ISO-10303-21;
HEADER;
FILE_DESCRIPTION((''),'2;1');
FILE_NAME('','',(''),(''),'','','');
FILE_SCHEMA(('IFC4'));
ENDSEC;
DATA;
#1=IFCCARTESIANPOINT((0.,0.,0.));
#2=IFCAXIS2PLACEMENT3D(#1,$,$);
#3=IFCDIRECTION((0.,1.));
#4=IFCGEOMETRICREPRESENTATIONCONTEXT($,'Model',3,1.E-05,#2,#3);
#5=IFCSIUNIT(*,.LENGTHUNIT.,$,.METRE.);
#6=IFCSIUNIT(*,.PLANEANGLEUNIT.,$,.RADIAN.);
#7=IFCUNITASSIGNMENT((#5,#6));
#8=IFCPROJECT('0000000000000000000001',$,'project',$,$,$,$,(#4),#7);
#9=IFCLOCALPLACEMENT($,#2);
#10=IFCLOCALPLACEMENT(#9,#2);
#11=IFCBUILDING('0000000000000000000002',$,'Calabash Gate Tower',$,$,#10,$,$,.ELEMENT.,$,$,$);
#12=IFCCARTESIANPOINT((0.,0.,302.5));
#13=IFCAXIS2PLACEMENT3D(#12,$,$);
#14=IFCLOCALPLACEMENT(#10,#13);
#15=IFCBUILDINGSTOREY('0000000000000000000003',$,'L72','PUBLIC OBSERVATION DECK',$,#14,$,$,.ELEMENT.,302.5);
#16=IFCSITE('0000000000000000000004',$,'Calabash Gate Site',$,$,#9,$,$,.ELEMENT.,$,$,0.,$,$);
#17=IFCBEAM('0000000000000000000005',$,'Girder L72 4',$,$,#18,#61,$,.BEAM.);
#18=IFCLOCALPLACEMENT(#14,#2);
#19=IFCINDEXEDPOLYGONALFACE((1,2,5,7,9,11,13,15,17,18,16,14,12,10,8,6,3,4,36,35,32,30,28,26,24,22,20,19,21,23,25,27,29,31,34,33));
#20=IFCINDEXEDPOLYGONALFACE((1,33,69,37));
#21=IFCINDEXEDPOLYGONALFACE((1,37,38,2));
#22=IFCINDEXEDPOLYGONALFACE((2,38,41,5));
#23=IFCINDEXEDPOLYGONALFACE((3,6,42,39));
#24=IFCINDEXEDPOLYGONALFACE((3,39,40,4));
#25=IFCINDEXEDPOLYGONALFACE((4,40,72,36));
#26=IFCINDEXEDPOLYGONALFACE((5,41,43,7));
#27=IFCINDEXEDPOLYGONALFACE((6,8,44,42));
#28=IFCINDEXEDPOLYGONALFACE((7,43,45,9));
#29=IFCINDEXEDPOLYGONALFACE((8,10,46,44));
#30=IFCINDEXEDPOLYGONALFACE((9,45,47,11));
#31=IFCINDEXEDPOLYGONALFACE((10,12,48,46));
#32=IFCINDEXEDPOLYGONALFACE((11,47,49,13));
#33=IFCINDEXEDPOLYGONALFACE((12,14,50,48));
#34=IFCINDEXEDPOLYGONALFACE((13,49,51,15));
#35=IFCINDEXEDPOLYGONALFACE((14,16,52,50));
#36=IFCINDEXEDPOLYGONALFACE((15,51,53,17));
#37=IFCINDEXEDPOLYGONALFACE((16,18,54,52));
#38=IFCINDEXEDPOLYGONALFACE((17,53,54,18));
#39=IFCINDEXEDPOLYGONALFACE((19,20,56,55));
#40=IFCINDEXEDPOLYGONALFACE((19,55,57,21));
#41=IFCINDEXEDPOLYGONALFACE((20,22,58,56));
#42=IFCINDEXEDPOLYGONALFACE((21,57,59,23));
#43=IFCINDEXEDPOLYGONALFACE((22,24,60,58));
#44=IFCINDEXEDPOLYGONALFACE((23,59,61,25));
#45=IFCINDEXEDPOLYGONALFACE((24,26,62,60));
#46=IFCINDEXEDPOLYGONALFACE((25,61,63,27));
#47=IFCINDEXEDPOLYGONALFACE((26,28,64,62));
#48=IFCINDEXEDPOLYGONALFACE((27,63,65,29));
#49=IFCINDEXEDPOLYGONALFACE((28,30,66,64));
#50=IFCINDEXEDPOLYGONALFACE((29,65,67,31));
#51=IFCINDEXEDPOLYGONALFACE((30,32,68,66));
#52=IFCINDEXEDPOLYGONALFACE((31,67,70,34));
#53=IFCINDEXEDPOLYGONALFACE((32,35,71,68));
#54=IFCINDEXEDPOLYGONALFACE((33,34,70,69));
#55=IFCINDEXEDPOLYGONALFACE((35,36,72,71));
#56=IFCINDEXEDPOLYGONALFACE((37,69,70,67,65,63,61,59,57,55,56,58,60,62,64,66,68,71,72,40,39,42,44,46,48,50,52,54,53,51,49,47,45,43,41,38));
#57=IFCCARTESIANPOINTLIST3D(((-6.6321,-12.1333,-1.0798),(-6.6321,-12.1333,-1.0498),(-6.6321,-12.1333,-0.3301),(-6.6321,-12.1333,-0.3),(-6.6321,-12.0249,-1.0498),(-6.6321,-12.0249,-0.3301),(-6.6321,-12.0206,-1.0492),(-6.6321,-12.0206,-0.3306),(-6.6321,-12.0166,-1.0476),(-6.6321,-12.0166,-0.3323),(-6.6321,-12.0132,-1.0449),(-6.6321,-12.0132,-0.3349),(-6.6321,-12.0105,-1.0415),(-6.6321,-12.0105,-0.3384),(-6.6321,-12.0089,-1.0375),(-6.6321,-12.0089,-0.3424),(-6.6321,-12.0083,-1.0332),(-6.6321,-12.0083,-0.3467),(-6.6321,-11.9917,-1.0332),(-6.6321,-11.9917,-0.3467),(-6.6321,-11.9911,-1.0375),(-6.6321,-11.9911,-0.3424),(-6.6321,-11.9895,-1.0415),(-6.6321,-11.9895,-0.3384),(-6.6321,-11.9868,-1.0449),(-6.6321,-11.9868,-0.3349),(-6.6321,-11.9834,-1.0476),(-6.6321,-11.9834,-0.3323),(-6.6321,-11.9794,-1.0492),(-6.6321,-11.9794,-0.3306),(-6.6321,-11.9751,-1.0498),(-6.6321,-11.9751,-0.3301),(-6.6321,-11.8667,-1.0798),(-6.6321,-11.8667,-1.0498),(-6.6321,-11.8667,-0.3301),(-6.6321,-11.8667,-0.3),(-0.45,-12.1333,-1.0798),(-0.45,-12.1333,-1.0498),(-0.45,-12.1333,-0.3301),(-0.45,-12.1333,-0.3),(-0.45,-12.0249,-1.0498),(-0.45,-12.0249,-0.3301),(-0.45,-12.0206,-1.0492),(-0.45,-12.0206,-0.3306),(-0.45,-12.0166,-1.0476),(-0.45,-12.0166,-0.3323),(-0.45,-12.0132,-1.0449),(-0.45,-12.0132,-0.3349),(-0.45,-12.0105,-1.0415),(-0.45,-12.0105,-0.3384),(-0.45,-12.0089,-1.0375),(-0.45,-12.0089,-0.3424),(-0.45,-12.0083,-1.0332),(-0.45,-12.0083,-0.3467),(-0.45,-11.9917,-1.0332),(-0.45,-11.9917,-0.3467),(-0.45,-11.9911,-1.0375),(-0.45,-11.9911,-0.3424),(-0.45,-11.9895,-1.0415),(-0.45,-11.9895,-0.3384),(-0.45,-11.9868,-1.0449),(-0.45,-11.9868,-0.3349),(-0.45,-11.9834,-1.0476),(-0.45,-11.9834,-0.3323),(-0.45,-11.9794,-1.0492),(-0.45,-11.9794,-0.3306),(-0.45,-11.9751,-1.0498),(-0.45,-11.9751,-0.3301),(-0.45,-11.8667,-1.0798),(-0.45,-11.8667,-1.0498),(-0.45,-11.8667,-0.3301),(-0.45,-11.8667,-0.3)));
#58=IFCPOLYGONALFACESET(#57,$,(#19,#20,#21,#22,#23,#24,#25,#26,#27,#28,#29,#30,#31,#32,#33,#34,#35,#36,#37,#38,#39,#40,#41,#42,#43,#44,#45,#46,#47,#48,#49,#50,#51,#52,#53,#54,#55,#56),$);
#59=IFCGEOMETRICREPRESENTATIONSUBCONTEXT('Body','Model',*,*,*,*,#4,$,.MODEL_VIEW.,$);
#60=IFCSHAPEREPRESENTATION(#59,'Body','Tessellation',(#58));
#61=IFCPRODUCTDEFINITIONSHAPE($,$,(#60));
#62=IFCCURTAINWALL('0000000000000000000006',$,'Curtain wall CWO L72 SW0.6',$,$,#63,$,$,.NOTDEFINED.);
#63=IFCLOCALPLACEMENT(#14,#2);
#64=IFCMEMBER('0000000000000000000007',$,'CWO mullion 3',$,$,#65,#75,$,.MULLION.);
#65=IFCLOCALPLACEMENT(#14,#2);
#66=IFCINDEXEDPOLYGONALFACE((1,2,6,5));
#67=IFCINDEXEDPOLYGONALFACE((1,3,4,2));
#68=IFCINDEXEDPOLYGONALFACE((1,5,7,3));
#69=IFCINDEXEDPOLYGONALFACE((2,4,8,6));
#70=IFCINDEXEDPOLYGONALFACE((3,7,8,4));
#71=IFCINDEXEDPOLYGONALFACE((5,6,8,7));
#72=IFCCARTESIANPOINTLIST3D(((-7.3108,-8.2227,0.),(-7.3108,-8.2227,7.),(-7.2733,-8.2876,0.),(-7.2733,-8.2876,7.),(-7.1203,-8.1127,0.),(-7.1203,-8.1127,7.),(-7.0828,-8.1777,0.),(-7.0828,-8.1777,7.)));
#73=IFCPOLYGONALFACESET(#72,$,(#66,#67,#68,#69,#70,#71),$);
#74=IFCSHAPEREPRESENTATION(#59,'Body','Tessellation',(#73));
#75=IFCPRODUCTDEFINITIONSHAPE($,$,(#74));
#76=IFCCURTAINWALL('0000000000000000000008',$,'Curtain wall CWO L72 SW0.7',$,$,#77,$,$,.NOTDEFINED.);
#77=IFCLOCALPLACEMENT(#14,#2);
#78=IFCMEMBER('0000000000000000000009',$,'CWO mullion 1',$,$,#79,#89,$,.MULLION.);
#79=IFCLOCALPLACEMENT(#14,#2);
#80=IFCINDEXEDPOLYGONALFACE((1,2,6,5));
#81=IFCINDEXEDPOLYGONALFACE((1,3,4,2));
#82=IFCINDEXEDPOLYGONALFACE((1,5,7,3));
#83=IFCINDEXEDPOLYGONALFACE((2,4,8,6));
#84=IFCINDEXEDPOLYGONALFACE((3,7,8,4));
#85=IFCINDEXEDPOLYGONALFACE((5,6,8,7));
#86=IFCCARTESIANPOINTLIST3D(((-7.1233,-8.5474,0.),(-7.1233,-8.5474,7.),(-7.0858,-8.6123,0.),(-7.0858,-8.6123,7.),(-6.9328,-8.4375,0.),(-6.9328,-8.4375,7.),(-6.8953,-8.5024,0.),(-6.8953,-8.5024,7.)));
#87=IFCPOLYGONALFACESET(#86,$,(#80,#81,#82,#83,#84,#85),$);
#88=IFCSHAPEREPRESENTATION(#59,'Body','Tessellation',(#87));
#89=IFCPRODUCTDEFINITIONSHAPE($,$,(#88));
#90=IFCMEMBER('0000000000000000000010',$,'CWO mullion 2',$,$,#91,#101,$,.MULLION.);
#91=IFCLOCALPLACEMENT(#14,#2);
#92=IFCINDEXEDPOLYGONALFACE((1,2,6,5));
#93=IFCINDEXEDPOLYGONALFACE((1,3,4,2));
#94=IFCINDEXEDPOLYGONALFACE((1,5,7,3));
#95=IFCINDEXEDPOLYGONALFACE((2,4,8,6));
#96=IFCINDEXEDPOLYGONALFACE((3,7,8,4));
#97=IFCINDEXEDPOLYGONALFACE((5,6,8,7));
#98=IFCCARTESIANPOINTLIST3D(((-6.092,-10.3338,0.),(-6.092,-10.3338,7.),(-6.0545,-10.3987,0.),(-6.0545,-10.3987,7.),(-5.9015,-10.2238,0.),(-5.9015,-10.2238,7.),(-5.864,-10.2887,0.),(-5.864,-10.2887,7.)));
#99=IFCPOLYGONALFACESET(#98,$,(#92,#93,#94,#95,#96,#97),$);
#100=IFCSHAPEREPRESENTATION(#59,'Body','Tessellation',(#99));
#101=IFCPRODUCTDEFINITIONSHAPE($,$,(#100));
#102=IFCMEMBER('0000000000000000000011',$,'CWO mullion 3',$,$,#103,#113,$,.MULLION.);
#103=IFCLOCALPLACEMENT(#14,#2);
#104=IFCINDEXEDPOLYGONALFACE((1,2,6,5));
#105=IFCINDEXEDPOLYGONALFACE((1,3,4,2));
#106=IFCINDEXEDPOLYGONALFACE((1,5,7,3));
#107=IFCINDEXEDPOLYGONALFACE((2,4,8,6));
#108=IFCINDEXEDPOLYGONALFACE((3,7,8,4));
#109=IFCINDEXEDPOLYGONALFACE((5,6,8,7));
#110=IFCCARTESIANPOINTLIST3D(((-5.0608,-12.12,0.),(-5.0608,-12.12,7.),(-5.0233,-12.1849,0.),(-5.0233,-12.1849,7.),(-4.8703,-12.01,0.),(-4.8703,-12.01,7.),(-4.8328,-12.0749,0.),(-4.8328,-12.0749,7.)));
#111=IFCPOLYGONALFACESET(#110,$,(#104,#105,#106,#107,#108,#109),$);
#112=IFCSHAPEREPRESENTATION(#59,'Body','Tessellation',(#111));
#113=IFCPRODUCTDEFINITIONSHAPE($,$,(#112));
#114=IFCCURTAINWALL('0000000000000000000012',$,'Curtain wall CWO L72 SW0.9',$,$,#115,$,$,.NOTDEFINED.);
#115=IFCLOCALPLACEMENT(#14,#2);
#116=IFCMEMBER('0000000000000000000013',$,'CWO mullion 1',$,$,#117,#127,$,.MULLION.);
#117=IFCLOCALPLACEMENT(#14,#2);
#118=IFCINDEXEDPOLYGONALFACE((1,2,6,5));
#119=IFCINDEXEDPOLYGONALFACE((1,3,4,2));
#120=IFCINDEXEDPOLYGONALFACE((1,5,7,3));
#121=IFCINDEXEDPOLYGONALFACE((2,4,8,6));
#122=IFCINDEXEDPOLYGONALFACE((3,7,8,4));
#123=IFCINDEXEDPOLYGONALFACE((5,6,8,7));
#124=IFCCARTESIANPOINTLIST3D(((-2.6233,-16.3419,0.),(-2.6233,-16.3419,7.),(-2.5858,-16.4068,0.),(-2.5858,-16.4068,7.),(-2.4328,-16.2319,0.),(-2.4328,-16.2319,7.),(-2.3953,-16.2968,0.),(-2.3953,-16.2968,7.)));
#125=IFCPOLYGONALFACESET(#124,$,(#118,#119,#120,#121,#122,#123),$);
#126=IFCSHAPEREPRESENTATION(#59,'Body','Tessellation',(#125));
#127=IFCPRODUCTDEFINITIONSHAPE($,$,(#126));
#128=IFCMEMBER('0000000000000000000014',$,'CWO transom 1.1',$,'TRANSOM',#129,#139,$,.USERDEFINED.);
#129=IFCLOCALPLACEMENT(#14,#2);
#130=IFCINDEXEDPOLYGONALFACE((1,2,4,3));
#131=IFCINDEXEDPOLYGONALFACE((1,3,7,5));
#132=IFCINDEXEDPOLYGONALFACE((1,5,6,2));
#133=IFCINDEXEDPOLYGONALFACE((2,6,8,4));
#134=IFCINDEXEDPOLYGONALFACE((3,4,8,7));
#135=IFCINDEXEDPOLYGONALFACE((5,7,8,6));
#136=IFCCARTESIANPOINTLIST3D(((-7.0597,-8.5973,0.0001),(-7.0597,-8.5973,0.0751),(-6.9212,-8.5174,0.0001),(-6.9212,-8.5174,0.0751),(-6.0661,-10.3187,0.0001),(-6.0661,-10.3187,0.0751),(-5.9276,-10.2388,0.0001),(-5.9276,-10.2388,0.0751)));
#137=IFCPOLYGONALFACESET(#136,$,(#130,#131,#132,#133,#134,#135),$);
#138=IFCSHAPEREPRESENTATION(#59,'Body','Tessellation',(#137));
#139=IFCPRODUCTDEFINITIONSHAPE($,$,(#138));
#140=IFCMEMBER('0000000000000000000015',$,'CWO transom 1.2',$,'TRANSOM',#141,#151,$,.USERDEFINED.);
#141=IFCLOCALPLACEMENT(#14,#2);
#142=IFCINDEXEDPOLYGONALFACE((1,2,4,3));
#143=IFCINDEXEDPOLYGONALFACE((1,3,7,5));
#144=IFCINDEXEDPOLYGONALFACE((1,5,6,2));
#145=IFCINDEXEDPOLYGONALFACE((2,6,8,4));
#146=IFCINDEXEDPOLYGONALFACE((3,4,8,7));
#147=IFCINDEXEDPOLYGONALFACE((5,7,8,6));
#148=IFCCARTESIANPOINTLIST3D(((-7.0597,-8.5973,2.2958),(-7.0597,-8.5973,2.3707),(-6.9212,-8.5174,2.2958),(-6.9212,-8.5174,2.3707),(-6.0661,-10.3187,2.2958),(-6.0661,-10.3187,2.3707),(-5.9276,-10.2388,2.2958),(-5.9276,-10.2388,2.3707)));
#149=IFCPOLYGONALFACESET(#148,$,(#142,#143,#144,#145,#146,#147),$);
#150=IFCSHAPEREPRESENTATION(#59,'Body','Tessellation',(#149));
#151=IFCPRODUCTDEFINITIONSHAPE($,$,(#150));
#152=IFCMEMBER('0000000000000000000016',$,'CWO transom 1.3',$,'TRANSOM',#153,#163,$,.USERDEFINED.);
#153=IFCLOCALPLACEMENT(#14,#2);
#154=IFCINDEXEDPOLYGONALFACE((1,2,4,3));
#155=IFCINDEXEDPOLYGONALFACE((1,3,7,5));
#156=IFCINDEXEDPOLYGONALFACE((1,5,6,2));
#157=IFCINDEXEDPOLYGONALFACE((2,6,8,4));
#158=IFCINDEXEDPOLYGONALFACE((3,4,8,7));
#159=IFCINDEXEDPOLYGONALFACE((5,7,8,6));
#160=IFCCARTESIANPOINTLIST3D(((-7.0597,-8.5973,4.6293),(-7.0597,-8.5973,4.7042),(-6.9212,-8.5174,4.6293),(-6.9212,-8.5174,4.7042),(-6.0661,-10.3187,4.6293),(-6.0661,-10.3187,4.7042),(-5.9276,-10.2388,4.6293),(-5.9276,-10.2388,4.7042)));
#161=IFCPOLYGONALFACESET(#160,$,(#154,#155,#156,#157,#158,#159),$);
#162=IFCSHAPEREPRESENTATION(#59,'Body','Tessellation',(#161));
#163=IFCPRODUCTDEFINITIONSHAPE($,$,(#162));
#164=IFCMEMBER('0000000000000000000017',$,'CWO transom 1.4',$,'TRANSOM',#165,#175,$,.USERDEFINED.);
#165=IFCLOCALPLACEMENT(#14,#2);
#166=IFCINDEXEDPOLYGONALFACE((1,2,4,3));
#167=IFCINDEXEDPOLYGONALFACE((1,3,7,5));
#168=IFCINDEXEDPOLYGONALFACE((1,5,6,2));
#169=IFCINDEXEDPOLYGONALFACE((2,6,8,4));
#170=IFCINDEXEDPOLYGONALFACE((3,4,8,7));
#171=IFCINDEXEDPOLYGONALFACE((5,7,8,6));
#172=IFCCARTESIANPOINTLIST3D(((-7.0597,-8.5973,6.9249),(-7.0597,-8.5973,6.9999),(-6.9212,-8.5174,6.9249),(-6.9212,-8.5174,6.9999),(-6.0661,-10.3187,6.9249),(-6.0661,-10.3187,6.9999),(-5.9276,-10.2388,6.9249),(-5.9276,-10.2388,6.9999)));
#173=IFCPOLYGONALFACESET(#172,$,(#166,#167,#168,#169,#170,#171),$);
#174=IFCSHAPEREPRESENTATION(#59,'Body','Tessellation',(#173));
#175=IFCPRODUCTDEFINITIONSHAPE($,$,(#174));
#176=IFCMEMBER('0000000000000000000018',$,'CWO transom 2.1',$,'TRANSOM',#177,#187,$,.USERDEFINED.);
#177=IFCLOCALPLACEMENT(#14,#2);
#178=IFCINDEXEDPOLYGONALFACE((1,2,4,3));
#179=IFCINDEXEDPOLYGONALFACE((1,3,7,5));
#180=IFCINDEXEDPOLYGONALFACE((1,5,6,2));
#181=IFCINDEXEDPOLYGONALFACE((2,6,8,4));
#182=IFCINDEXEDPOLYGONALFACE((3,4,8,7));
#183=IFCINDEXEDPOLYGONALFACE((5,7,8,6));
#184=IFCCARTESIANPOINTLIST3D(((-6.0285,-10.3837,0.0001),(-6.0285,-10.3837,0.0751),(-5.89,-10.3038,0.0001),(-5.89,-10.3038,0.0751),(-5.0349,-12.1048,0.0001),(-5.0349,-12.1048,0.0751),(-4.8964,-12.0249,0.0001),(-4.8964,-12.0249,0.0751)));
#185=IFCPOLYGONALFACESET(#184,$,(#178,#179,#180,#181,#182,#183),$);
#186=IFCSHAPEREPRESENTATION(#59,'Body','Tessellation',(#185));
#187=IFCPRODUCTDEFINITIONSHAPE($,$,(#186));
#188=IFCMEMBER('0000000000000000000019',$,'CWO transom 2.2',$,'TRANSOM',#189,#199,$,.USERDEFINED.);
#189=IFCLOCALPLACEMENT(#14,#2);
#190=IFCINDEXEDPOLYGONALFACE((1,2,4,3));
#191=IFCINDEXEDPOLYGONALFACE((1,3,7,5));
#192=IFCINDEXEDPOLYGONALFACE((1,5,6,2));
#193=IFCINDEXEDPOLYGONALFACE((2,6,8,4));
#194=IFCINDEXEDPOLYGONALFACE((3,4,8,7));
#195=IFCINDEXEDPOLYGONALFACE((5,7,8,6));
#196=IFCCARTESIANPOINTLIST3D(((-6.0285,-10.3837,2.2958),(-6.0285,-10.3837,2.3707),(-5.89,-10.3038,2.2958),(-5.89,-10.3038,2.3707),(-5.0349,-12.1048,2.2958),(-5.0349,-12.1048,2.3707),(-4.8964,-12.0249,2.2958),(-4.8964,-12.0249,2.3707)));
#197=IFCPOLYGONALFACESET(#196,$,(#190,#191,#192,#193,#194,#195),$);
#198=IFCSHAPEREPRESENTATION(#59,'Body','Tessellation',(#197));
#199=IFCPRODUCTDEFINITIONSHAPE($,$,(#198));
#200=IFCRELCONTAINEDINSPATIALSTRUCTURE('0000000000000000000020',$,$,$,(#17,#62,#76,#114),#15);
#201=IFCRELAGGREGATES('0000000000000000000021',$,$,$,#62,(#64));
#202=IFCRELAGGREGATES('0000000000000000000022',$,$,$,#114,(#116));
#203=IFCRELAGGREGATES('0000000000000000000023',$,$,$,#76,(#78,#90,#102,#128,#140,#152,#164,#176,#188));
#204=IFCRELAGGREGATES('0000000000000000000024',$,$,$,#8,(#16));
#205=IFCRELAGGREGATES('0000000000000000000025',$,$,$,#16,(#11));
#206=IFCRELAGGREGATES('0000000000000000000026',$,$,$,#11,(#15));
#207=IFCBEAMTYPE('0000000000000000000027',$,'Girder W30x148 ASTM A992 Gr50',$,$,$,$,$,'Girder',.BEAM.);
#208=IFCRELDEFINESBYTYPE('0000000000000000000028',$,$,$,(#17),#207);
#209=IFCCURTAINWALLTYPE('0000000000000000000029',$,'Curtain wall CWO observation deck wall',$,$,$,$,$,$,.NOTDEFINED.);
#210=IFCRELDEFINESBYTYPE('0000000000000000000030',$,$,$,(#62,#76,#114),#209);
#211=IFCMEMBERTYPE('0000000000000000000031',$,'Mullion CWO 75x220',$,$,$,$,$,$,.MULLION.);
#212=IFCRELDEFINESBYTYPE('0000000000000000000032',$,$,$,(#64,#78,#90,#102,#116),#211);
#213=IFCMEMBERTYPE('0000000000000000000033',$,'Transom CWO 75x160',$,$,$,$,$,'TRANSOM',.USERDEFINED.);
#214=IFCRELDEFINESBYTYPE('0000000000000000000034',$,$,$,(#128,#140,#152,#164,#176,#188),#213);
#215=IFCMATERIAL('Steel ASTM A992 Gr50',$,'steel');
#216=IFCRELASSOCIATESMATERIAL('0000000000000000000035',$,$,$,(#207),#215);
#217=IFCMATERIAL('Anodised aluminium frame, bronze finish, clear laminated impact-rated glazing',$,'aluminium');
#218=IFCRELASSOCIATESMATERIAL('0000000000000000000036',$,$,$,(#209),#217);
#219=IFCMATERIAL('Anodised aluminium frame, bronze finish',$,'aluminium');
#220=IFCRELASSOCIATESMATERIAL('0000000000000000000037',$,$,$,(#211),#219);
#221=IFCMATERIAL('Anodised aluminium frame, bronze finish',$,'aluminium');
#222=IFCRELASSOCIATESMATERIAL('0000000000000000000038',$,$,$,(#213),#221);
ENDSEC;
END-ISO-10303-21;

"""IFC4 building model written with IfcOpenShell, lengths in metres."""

from ifc_helpers import new_model, si_unit, direction, frame, origin, origin_2d, place, context, subcontext, project, spatial, rectangle, i_section, extrude, material, material_profile, profile_set, type_object, element, aggregate, save


model = new_model("IFC4")

# Units and contexts
model_context = context("Model", 3, precision=1e-05, world=origin(), true_north=direction((0.0, 1.0)))
body_context = subcontext(model_context, "Body", "Model", "MODEL_VIEW")
ifc_project = project(units=[si_unit("LENGTHUNIT", "METRE"), si_unit("PLANEANGLEUNIT", "RADIAN")], contexts=[model_context])

# Site, building, storey
site_placement = place(None, origin())
site = spatial("IfcSite", under=ifc_project, at=site_placement, Name="Calabash Gate Site", CompositionType="ELEMENT", RefElevation=0.0)
building_placement = place(site_placement, origin())
building = spatial("IfcBuilding", under=site, at=building_placement, Name="Calabash Gate Tower", CompositionType="ELEMENT")
storey_placement = place(building_placement, frame((0.0, 0.0, 302.5)))
storey = spatial("IfcBuildingStorey", under=building, at=storey_placement, Name="L72", Description="PUBLIC OBSERVATION DECK", CompositionType="ELEMENT", Elevation=302.5)

# Beam
ifc_material_1 = material(Name="Steel ASTM A992 Gr50", Category="steel")
ifc_material_profile_1 = material_profile(ifc_material_1, i_section(OverallWidth=0.2666, OverallDepth=0.7798, WebThickness=0.0166, FlangeThickness=0.03, FilletRadius=0.0166, at=origin_2d()))
ifc_profile_set_1 = profile_set([ifc_material_profile_1], Name="Steel ASTM A992 Gr50")
beam_type_1 = type_object("IfcBeamType", Name="Girder W30x148 ASTM A992 Gr50", ElementType="Girder", PredefinedType="BEAM", material=ifc_profile_set_1)
beam_1_placement = place(storey_placement, frame((-6.6321, -12.0, -0.6899), z_axis=(1.0, 0.0, 0.0), x_axis=(0.0, 1.0, 0.0)))
element("IfcBeam", 1, at=beam_1_placement, inside=storey, type_object=beam_type_1, Name="Girder L72 4", PredefinedType="BEAM", context=body_context, shape_type="SweptSolid", body=[
    extrude(i_section(OverallWidth=0.2666, OverallDepth=0.7798, WebThickness=0.0166, FlangeThickness=0.03, FilletRadius=0.0166, at=origin_2d()), origin(), (0.0, 0.0, 1.0), 6.1821),
])

# Curtain wall, member
ifc_material_2 = material(Name="Anodised aluminium frame, bronze finish, clear laminated impact-rated glazing", Category="aluminium")
curtain_wall_type = type_object("IfcCurtainWallType", Name="Curtain wall CWO observation deck wall", PredefinedType="NOTDEFINED", material=ifc_material_2)
curtain_wall_1_placement = place(storey_placement, origin())
curtain_wall_1 = element("IfcCurtainWall", 2, at=curtain_wall_1_placement, inside=storey, type_object=curtain_wall_type, Name="Curtain wall CWO L72 SW0.6", PredefinedType="NOTDEFINED")
ifc_material_3 = material(Name="Anodised aluminium frame, bronze finish", Category="aluminium")
ifc_material_profile_2 = material_profile(ifc_material_3, rectangle(XDim=0.22, YDim=0.075, at=origin_2d()))
ifc_profile_set_2 = profile_set([ifc_material_profile_2], Name="Anodised aluminium frame, bronze finish")
member_type_1 = type_object("IfcMemberType", Name="Mullion CWO 75x220", PredefinedType="MULLION", material=ifc_profile_set_2)
member_1_placement = place(storey_placement, frame((-7.1968, -8.2002, 0.0), z_axis=(0.0, 0.0, 1.0), x_axis=(0.866025, 0.5, 0.0)))
member_1 = element("IfcMember", 3, at=member_1_placement, type_object=member_type_1, Name="CWO mullion 3", PredefinedType="MULLION", context=body_context, shape_type="SweptSolid", body=[
    extrude(rectangle(XDim=0.22, YDim=0.075, at=origin_2d()), origin(), (0.0, 0.0, 1.0), 7.0),
])
aggregate(curtain_wall_1, [member_1])

# Curtain wall, members
curtain_wall_2_placement = place(storey_placement, origin())
curtain_wall_2 = element("IfcCurtainWall", 4, at=curtain_wall_2_placement, inside=storey, type_object=curtain_wall_type, Name="Curtain wall CWO L72 SW0.7", PredefinedType="NOTDEFINED")
member_2_placement = place(storey_placement, frame((-7.0093, -8.5249, 0.0), z_axis=(0.0, 0.0, 1.0), x_axis=(0.866025, 0.5, 0.0)))
member_2 = element("IfcMember", 5, at=member_2_placement, type_object=member_type_1, Name="CWO mullion 1", PredefinedType="MULLION", context=body_context, shape_type="SweptSolid", body=[
    extrude(rectangle(XDim=0.22, YDim=0.075, at=origin_2d()), origin(), (0.0, 0.0, 1.0), 7.0),
])
member_3_placement = place(storey_placement, frame((-5.978, -10.3113, 0.0), z_axis=(0.0, 0.0, 1.0), x_axis=(0.866025, 0.5, 0.0)))
member_3 = element("IfcMember", 6, at=member_3_placement, type_object=member_type_1, Name="CWO mullion 2", PredefinedType="MULLION", context=body_context, shape_type="SweptSolid", body=[
    extrude(rectangle(XDim=0.22, YDim=0.075, at=origin_2d()), origin(), (0.0, 0.0, 1.0), 7.0),
])
member_4_placement = place(storey_placement, frame((-4.9468, -12.0974, 0.0), z_axis=(0.0, 0.0, 1.0), x_axis=(0.866025, 0.5, 0.0)))
member_4 = element("IfcMember", 7, at=member_4_placement, type_object=member_type_1, Name="CWO mullion 3", PredefinedType="MULLION", context=body_context, shape_type="SweptSolid", body=[
    extrude(rectangle(XDim=0.22, YDim=0.075, at=origin_2d()), origin(), (0.0, 0.0, 1.0), 7.0),
])

# Curtain wall, member
curtain_wall_3_placement = place(storey_placement, origin())
curtain_wall_3 = element("IfcCurtainWall", 8, at=curtain_wall_3_placement, inside=storey, type_object=curtain_wall_type, Name="Curtain wall CWO L72 SW0.9", PredefinedType="NOTDEFINED")
member_5_placement = place(storey_placement, frame((-2.5093, -16.3193, 0.0), z_axis=(0.0, 0.0, 1.0), x_axis=(0.866025, 0.5, 0.0)))
member_5 = element("IfcMember", 9, at=member_5_placement, type_object=member_type_1, Name="CWO mullion 1", PredefinedType="MULLION", context=body_context, shape_type="SweptSolid", body=[
    extrude(rectangle(XDim=0.22, YDim=0.075, at=origin_2d()), origin(), (0.0, 0.0, 1.0), 7.0),
])

# Members
ifc_material_4 = material(Name="Anodised aluminium frame, bronze finish", Category="aluminium")
ifc_material_profile_3 = material_profile(ifc_material_4, rectangle(XDim=0.1599, YDim=0.075, at=origin_2d()))
ifc_profile_set_3 = profile_set([ifc_material_profile_3], Name="Anodised aluminium frame, bronze finish")
member_type_2 = type_object("IfcMemberType", Name="Transom CWO 75x160", ElementType="TRANSOM", PredefinedType="USERDEFINED", material=ifc_profile_set_3)
member_6_placement = place(storey_placement, frame((-6.9905, -8.5574, 0.0376), z_axis=(0.499917, -0.866073, 0.0), x_axis=(0.866073, 0.499917, 0.0)))
member_6 = element("IfcMember", 10, at=member_6_placement, type_object=member_type_2, Name="CWO transom 1.1", ObjectType="TRANSOM", PredefinedType="USERDEFINED", context=body_context, shape_type="SweptSolid", body=[
    extrude(rectangle(XDim=0.1599, YDim=0.075, at=origin_2d()), origin(), (0.0, 0.0, 1.0), 1.9875),
])
member_7_placement = place(storey_placement, frame((-6.9905, -8.5574, 2.3333), z_axis=(0.499917, -0.866073, 0.0), x_axis=(0.866073, 0.499917, 0.0)))
member_7 = element("IfcMember", 11, at=member_7_placement, type_object=member_type_2, Name="CWO transom 1.2", ObjectType="TRANSOM", PredefinedType="USERDEFINED", context=body_context, shape_type="SweptSolid", body=[
    extrude(rectangle(XDim=0.1599, YDim=0.075, at=origin_2d()), origin(), (0.0, 0.0, 1.0), 1.9875),
])
member_8_placement = place(storey_placement, frame((-6.9905, -8.5574, 4.6667), z_axis=(0.499917, -0.866073, 0.0), x_axis=(0.866073, 0.499917, 0.0)))
member_8 = element("IfcMember", 12, at=member_8_placement, type_object=member_type_2, Name="CWO transom 1.3", ObjectType="TRANSOM", PredefinedType="USERDEFINED", context=body_context, shape_type="SweptSolid", body=[
    extrude(rectangle(XDim=0.1599, YDim=0.075, at=origin_2d()), origin(), (0.0, 0.0, 1.0), 1.9875),
])
member_9_placement = place(storey_placement, frame((-6.9905, -8.5574, 6.9624), z_axis=(0.499917, -0.866073, 0.0), x_axis=(0.866073, 0.499917, 0.0)))
member_9 = element("IfcMember", 13, at=member_9_placement, type_object=member_type_2, Name="CWO transom 1.4", ObjectType="TRANSOM", PredefinedType="USERDEFINED", context=body_context, shape_type="SweptSolid", body=[
    extrude(rectangle(XDim=0.1599, YDim=0.075, at=origin_2d()), origin(), (0.0, 0.0, 1.0), 1.9875),
])
member_10_placement = place(storey_placement, frame((-5.9592, -10.3438, 0.0376), z_axis=(0.499971, -0.866042, 0.0), x_axis=(0.866042, 0.499971, 0.0)))
member_10 = element("IfcMember", 14, at=member_10_placement, type_object=member_type_2, Name="CWO transom 2.1", ObjectType="TRANSOM", PredefinedType="USERDEFINED", context=body_context, shape_type="SweptSolid", body=[
    extrude(rectangle(XDim=0.1599, YDim=0.075, at=origin_2d()), origin(), (0.0, 0.0, 1.0), 1.9873),
])
member_11_placement = place(storey_placement, frame((-5.9592, -10.3438, 2.3333), z_axis=(0.499971, -0.866042, 0.0), x_axis=(0.866042, 0.499971, 0.0)))
member_11 = element("IfcMember", 15, at=member_11_placement, type_object=member_type_2, Name="CWO transom 2.2", ObjectType="TRANSOM", PredefinedType="USERDEFINED", context=body_context, shape_type="SweptSolid", body=[
    extrude(rectangle(XDim=0.1599, YDim=0.075, at=origin_2d()), origin(), (0.0, 0.0, 1.0), 1.9873),
])
aggregate(curtain_wall_3, [member_5])

aggregate(curtain_wall_2, [member_2, member_3, member_4, member_6, member_7, member_8, member_9, member_10, member_11])

save(model, "model.ifc")
